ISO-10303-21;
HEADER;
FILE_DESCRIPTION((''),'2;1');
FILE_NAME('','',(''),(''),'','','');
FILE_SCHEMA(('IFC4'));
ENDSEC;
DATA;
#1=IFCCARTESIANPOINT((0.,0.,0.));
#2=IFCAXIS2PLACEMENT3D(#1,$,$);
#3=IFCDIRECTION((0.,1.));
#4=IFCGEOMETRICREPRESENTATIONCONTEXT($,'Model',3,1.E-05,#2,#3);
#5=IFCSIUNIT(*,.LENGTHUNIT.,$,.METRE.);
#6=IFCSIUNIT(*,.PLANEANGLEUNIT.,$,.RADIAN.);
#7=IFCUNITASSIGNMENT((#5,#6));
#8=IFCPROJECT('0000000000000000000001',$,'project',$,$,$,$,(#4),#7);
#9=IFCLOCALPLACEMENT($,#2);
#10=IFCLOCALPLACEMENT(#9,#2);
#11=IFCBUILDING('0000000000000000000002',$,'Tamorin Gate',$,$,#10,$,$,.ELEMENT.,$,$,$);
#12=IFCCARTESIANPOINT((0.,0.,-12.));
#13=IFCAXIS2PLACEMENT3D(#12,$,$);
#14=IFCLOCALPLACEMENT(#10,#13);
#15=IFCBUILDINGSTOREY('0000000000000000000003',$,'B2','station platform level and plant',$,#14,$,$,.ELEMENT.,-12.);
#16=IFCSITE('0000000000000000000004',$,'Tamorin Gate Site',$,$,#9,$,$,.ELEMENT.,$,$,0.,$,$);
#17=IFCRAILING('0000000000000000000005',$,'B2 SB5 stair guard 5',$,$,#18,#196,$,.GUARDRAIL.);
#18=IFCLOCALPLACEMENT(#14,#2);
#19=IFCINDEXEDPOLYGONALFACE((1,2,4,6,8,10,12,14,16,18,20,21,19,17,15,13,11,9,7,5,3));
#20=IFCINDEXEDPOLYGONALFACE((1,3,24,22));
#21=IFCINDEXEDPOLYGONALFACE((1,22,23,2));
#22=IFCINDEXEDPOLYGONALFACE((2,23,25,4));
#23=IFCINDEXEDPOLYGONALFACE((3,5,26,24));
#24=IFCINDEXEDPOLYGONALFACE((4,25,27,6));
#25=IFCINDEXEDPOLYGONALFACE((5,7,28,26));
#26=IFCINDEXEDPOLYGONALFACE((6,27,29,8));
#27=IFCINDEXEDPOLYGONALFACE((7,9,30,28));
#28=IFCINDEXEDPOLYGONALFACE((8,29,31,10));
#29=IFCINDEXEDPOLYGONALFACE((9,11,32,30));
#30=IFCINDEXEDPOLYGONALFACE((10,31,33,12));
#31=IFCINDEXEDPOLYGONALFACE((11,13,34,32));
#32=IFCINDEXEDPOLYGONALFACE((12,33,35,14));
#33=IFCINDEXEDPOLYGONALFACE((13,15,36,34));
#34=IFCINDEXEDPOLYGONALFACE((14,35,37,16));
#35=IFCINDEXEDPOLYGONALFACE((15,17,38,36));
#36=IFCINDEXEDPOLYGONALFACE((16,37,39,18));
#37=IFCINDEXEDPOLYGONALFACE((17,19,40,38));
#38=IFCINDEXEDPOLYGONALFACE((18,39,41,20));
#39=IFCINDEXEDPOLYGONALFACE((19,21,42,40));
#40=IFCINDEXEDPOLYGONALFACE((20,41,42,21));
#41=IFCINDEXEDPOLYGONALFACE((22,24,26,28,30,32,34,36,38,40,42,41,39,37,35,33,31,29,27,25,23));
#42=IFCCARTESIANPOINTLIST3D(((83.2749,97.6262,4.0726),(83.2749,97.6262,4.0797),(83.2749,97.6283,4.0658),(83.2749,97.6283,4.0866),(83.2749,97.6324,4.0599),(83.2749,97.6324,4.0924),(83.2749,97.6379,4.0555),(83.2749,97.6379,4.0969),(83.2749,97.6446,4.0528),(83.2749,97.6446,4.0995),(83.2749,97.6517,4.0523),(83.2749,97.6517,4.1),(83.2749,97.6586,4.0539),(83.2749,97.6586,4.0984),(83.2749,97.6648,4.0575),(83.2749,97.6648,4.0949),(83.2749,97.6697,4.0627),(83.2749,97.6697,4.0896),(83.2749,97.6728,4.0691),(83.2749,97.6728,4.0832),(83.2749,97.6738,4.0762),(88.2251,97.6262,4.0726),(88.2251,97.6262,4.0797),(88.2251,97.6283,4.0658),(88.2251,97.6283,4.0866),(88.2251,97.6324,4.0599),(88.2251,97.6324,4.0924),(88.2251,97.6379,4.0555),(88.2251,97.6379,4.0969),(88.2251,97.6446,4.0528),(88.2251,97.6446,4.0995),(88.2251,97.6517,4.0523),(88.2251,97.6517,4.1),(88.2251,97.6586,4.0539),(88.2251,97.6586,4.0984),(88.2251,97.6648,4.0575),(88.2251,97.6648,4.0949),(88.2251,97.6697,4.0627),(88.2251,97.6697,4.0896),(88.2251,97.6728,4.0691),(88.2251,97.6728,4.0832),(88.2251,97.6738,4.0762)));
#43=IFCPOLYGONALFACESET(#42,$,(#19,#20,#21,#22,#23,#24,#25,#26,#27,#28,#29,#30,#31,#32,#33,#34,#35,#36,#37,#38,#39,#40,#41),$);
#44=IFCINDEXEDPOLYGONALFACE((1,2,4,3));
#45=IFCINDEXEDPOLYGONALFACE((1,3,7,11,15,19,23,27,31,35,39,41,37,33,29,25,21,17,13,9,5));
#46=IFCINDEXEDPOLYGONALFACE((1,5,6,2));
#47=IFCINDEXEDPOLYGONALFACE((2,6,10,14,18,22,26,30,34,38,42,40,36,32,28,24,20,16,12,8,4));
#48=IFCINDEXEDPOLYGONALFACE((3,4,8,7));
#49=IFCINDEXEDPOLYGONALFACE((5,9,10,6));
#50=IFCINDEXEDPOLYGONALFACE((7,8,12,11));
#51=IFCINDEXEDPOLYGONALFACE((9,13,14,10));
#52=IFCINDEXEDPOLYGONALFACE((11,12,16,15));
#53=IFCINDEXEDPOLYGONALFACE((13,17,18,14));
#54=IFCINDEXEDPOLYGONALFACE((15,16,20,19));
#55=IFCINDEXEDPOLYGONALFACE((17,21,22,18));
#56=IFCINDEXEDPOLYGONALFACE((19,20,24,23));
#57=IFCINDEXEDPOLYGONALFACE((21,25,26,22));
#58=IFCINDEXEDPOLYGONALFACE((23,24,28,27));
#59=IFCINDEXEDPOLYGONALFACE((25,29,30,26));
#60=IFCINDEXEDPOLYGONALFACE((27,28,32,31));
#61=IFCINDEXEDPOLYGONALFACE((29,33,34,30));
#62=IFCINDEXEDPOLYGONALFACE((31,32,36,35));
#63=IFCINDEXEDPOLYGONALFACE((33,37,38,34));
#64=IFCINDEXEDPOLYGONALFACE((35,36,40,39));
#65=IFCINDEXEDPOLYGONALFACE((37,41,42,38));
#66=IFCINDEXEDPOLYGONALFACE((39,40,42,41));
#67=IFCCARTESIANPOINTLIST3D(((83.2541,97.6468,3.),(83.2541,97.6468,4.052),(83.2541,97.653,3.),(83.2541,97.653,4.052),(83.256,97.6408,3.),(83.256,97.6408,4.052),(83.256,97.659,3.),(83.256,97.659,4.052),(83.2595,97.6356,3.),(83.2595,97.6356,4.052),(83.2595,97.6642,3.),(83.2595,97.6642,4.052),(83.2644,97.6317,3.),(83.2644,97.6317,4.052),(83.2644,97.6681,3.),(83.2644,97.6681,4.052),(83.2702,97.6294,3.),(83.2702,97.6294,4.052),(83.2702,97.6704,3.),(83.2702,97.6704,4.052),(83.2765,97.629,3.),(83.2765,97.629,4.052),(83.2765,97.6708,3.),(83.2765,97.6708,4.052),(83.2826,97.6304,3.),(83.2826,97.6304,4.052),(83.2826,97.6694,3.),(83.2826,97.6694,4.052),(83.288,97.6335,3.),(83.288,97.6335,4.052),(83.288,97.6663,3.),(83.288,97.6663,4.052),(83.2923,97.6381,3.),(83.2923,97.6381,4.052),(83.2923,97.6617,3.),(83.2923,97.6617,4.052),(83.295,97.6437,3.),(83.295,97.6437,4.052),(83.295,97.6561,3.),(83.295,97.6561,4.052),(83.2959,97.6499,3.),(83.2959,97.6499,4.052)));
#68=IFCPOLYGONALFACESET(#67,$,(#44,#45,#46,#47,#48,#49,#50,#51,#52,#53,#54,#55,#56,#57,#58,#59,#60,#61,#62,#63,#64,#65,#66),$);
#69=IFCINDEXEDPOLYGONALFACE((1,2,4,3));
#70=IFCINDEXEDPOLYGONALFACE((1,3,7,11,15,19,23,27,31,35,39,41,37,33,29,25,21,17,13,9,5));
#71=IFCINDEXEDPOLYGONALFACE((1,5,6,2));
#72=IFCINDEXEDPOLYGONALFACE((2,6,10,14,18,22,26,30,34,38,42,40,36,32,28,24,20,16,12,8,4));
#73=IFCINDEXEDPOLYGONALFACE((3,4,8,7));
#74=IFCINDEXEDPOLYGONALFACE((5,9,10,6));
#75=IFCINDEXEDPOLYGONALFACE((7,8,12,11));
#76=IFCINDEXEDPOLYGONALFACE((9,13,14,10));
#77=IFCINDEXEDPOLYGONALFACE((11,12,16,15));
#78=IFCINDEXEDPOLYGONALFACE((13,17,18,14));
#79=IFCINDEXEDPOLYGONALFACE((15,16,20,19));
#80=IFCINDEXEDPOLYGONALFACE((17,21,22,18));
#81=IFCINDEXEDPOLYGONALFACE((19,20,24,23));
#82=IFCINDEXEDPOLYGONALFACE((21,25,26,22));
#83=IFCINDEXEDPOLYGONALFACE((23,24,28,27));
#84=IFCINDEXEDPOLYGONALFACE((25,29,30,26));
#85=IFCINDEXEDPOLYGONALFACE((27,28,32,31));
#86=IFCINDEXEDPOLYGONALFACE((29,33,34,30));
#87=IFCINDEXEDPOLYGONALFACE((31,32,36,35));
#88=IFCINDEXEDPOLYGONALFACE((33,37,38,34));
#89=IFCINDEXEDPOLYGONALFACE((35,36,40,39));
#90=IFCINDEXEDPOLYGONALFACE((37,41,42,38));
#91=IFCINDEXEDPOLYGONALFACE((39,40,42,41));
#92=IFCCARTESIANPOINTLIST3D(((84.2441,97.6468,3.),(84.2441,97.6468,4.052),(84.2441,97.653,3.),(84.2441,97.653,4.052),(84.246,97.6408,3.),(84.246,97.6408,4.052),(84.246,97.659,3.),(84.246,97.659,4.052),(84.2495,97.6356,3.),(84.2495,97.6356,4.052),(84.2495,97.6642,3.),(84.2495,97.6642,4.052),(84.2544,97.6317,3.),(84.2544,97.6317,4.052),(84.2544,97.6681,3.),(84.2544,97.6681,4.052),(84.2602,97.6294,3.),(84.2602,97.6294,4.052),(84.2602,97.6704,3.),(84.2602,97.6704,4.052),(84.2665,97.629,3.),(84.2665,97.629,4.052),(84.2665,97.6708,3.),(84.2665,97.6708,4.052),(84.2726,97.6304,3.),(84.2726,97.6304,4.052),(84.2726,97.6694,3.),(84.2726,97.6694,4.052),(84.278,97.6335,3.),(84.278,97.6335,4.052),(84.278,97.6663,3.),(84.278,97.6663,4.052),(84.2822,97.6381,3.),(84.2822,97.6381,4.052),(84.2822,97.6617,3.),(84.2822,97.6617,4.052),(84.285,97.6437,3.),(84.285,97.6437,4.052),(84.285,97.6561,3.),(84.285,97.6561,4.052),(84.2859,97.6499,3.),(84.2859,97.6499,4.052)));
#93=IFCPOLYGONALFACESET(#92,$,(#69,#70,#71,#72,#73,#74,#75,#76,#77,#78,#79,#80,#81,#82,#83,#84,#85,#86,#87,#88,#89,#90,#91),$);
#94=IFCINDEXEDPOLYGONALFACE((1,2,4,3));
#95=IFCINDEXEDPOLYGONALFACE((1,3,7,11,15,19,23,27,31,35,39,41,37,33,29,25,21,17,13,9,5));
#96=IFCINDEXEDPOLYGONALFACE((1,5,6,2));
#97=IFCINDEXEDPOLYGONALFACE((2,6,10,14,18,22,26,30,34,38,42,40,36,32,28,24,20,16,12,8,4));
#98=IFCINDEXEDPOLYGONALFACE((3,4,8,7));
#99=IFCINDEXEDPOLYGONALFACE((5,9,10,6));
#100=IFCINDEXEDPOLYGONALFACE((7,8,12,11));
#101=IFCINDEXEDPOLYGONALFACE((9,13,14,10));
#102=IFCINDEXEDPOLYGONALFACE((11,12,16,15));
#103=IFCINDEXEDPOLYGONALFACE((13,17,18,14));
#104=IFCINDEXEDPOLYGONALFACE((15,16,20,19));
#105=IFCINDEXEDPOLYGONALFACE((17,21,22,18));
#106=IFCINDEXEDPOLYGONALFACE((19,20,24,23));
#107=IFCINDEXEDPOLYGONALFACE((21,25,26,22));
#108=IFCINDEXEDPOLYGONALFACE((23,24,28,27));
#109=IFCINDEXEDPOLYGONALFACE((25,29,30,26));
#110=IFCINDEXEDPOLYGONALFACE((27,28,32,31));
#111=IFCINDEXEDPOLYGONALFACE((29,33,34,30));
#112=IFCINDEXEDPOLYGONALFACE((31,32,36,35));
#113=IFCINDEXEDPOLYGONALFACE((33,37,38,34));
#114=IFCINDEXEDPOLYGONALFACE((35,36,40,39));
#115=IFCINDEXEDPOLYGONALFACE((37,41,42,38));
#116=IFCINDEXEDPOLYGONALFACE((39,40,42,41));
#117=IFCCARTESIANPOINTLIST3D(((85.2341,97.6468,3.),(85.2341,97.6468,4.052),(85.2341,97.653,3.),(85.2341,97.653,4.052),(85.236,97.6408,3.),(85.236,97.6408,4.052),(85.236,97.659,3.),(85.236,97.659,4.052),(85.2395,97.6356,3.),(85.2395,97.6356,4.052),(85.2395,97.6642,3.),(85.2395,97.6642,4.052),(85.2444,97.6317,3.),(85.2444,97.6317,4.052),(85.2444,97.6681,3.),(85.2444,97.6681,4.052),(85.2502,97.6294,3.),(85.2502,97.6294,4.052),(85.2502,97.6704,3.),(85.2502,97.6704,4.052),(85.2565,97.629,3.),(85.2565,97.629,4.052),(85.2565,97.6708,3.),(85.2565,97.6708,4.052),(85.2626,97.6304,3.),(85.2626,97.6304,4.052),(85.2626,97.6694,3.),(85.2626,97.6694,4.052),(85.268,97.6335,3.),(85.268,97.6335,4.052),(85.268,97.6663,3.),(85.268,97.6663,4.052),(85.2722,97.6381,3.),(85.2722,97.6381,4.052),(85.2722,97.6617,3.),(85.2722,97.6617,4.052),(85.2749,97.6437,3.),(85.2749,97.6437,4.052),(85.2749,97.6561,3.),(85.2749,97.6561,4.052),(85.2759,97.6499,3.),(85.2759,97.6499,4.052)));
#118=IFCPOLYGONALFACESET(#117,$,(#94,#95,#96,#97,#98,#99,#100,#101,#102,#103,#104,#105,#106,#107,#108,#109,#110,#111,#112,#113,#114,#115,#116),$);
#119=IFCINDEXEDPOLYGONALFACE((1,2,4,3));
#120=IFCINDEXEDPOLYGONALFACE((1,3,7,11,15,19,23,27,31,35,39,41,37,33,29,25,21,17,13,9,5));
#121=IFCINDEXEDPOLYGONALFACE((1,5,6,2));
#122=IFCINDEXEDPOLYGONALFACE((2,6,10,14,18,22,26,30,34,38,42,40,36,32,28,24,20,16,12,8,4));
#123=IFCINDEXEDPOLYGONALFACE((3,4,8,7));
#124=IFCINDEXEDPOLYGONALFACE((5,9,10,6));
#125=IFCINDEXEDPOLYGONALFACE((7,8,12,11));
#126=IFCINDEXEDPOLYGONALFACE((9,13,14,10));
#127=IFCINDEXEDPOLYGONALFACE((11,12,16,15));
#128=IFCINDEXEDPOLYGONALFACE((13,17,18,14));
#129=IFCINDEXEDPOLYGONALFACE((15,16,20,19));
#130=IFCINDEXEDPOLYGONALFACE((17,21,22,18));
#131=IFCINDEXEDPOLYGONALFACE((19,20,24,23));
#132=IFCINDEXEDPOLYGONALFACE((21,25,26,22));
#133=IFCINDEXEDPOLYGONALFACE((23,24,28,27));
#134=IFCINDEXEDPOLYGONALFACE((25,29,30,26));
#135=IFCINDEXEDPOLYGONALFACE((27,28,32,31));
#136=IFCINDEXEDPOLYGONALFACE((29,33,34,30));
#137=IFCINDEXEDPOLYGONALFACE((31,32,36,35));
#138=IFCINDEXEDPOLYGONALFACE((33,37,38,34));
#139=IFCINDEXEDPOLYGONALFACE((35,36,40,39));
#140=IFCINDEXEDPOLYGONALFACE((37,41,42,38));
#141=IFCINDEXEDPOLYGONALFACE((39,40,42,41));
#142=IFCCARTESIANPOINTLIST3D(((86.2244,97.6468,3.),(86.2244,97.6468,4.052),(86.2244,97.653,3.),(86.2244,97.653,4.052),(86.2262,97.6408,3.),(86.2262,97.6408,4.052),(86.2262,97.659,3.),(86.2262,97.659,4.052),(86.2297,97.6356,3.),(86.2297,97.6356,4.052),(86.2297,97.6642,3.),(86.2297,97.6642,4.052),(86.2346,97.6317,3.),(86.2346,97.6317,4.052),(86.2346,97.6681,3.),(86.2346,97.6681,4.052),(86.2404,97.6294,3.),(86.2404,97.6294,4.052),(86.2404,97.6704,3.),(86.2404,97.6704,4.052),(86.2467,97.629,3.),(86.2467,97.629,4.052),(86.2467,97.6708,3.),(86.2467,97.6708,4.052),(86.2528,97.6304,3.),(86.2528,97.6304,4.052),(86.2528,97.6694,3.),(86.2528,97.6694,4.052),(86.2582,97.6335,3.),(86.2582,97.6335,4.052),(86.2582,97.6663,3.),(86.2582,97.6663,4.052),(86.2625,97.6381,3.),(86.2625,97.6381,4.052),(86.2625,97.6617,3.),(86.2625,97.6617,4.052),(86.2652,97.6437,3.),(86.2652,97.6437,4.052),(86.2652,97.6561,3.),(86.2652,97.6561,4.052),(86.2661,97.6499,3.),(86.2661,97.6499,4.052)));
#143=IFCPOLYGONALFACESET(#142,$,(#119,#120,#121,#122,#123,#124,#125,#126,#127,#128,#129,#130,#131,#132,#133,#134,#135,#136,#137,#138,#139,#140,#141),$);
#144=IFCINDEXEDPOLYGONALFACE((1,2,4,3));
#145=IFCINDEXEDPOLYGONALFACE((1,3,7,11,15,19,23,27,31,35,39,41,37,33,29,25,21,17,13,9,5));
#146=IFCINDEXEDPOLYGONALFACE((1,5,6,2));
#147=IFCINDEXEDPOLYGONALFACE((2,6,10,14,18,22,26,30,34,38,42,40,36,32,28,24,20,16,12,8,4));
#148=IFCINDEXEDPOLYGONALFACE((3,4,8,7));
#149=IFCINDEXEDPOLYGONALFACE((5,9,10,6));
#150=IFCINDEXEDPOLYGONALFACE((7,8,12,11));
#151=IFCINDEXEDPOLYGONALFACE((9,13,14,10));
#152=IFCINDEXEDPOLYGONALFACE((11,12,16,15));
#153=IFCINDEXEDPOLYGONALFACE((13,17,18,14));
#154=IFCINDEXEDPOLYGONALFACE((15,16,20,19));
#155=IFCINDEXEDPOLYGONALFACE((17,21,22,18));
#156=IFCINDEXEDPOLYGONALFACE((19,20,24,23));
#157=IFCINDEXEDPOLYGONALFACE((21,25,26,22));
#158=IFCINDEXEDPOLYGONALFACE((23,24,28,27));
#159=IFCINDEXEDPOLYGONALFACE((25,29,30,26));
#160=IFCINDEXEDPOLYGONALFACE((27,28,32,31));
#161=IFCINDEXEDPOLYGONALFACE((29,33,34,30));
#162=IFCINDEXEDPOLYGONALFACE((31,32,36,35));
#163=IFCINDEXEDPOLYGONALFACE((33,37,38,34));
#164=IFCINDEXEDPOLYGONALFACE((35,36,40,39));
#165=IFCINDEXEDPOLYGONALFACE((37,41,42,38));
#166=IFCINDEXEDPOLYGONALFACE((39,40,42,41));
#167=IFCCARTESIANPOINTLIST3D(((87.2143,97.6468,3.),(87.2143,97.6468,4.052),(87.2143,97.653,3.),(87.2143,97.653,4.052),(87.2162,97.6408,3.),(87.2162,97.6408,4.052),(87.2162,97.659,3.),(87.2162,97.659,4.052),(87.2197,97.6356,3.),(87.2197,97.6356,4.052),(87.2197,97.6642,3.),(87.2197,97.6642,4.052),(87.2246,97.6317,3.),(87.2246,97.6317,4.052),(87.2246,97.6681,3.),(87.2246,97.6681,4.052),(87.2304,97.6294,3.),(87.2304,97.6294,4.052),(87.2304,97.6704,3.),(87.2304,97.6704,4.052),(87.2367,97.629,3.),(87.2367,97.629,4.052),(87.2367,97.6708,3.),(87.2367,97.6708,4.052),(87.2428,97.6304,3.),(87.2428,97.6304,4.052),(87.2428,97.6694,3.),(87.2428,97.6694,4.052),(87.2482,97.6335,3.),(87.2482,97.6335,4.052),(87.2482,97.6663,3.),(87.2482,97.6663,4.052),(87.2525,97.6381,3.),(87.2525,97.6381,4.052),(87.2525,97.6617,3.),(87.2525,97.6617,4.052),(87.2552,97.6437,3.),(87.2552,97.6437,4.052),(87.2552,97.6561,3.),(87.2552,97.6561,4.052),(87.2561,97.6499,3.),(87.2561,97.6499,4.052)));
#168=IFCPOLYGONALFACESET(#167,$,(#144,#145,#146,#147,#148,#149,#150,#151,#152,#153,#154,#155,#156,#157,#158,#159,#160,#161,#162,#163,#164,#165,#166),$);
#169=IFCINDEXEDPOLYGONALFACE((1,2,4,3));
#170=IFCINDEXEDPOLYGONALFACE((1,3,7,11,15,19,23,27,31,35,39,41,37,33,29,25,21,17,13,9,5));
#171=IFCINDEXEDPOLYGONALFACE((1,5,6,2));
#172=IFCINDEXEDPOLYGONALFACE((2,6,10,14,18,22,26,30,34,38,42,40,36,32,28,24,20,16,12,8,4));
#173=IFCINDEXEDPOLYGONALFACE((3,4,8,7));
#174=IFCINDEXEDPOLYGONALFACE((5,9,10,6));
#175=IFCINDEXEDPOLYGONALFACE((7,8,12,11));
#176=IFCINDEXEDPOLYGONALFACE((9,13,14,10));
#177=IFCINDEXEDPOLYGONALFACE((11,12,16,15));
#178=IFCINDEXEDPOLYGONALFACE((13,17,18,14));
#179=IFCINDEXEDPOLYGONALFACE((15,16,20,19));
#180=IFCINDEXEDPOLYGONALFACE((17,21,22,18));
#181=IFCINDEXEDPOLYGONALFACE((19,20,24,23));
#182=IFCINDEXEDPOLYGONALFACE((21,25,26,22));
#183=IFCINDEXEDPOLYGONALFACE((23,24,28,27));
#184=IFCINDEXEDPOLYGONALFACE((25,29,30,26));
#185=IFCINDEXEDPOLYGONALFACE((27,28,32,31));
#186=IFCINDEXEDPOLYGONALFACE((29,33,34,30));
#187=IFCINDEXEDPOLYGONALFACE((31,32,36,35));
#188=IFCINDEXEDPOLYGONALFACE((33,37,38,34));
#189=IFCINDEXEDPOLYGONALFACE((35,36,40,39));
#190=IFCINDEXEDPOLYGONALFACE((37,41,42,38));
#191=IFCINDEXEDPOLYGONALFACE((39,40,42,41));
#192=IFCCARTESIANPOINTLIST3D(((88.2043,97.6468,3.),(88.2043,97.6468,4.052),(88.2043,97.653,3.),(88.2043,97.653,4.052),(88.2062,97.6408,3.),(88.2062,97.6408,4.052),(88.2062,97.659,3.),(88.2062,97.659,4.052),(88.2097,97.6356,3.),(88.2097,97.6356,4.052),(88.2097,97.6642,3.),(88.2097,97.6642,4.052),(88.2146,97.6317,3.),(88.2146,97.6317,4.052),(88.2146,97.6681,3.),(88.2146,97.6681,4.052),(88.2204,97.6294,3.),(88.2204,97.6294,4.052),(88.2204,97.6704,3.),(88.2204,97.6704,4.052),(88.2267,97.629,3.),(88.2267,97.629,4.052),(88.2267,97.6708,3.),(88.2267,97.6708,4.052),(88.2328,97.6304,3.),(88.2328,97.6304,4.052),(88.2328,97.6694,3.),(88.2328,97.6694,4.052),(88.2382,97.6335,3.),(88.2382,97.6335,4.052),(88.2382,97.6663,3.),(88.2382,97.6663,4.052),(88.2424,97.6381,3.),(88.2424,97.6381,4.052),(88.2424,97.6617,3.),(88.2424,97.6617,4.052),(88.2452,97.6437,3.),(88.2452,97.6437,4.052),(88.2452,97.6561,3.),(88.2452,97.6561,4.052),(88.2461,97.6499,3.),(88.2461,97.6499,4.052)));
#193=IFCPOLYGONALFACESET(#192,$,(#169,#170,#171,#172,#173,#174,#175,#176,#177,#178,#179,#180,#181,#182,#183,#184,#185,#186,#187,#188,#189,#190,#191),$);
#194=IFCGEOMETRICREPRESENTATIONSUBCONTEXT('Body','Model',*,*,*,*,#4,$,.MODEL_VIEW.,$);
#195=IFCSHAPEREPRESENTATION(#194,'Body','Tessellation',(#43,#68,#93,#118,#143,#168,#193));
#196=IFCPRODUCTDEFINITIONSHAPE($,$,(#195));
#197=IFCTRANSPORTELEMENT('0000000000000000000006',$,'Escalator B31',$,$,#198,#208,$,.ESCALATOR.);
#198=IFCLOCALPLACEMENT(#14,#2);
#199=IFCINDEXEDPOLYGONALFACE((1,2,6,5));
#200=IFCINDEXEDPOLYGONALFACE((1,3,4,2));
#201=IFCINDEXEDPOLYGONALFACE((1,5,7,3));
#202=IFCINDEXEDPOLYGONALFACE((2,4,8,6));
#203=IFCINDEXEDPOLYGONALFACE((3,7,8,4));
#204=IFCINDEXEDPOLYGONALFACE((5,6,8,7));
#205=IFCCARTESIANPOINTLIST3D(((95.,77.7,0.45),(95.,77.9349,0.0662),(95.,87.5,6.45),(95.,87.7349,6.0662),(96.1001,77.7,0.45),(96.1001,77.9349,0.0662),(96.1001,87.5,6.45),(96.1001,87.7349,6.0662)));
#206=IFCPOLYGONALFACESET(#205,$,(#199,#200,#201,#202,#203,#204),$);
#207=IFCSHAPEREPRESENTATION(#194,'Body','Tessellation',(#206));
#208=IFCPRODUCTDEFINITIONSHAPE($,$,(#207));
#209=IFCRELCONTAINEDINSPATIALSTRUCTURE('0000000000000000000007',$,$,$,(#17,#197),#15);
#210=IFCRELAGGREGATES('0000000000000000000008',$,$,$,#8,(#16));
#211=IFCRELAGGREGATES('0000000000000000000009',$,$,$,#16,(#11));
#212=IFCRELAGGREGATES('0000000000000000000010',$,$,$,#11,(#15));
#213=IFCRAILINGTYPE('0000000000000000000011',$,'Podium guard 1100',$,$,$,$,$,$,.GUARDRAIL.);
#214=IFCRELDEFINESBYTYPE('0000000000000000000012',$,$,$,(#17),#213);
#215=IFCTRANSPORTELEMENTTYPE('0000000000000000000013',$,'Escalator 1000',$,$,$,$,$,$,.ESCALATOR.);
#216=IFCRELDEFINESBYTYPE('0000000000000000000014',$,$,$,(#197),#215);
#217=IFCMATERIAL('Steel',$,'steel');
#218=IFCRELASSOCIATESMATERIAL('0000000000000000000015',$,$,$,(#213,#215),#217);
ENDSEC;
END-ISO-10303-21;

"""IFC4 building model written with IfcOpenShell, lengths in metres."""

from ifc_helpers import new_model, si_unit, direction, frame, origin, origin_2d, place, context, subcontext, project, spatial, polyline, circle, outline, extrude, material, type_object, element, save


model = new_model("IFC4")

# Units and contexts
model_context = context("Model", 3, precision=1e-05, world=origin(), true_north=direction((0.0, 1.0)))
body_context = subcontext(model_context, "Body", "Model", "MODEL_VIEW")
ifc_project = project(units=[si_unit("LENGTHUNIT", "METRE"), si_unit("PLANEANGLEUNIT", "RADIAN")], contexts=[model_context])

# Site, building, storey
site_placement = place(None, origin())
site = spatial("IfcSite", under=ifc_project, at=site_placement, Name="Tamorin Gate Site", CompositionType="ELEMENT", RefElevation=0.0)
building_placement = place(site_placement, origin())
building = spatial("IfcBuilding", under=site, at=building_placement, Name="Tamorin Gate", CompositionType="ELEMENT")
storey_placement = place(building_placement, frame((0.0, 0.0, -12.0)))
storey = spatial("IfcBuildingStorey", under=building, at=storey_placement, Name="B2", Description="station platform level and plant", CompositionType="ELEMENT", Elevation=-12.0)

# Railing
ifc_material_1 = material(Name="Steel", Category="steel")
railing_type = type_object("IfcRailingType", Name="Podium guard 1100", PredefinedType="GUARDRAIL", material=ifc_material_1)
railing_1_placement = place(storey_placement, frame((83.2749, 97.6499, 3.0)))
element("IfcRailing", 1, at=railing_1_placement, inside=storey, type_object=railing_type, Name="B2 SB5 stair guard 5", PredefinedType="GUARDRAIL", context=body_context, shape_type="SweptSolid", body=[
    extrude(circle(Radius=0.0239, at=origin_2d()), frame((0.0, 0.0, 1.0762), z_axis=(1.0, 0.0, 0.0), x_axis=(0.0, 1.0, 0.0)), (0.0, 0.0, 1.0), 4.9502),
    extrude(circle(Radius=0.021, at=origin_2d()), origin(), (0.0, 0.0, 1.0), 1.052),
    extrude(circle(Radius=0.021, at=origin_2d()), frame((0.99, 0.0, 0.0)), (0.0, 0.0, 1.0), 1.052),
    extrude(circle(Radius=0.021, at=origin_2d()), frame((1.98, 0.0, 0.0)), (0.0, 0.0, 1.0), 1.052),
    extrude(circle(Radius=0.021, at=origin_2d()), frame((2.9702, 0.0, 0.0)), (0.0, 0.0, 1.0), 1.052),
    extrude(circle(Radius=0.021, at=origin_2d()), frame((3.9602, 0.0, 0.0)), (0.0, 0.0, 1.0), 1.052),
    extrude(circle(Radius=0.021, at=origin_2d()), frame((4.9502, 0.0, 0.0)), (0.0, 0.0, 1.0), 1.052),
])

# Transport element
transport_element_type = type_object("IfcTransportElementType", Name="Escalator 1000", PredefinedType="ESCALATOR", material=ifc_material_1)
transport_element_1_placement = place(storey_placement, frame((95.0, 77.7, 0.45), z_axis=(0.0, -0.522152, 0.852852), x_axis=(1.0, 0.0, 0.0)))
element("IfcTransportElement", 2, at=transport_element_1_placement, inside=storey, type_object=transport_element_type, Name="Escalator B31", PredefinedType="ESCALATOR", context=body_context, shape_type="SweptSolid", body=[
    extrude(outline(polyline([(0.0, 0.0), (1.1001, 0.0), (1.1001, 11.4909), (0.0, 11.4909), (0.0, 0.0)])), origin(), (0.0, 0.0, -1.0), 0.45),
])

save(model, "model.ifc")
